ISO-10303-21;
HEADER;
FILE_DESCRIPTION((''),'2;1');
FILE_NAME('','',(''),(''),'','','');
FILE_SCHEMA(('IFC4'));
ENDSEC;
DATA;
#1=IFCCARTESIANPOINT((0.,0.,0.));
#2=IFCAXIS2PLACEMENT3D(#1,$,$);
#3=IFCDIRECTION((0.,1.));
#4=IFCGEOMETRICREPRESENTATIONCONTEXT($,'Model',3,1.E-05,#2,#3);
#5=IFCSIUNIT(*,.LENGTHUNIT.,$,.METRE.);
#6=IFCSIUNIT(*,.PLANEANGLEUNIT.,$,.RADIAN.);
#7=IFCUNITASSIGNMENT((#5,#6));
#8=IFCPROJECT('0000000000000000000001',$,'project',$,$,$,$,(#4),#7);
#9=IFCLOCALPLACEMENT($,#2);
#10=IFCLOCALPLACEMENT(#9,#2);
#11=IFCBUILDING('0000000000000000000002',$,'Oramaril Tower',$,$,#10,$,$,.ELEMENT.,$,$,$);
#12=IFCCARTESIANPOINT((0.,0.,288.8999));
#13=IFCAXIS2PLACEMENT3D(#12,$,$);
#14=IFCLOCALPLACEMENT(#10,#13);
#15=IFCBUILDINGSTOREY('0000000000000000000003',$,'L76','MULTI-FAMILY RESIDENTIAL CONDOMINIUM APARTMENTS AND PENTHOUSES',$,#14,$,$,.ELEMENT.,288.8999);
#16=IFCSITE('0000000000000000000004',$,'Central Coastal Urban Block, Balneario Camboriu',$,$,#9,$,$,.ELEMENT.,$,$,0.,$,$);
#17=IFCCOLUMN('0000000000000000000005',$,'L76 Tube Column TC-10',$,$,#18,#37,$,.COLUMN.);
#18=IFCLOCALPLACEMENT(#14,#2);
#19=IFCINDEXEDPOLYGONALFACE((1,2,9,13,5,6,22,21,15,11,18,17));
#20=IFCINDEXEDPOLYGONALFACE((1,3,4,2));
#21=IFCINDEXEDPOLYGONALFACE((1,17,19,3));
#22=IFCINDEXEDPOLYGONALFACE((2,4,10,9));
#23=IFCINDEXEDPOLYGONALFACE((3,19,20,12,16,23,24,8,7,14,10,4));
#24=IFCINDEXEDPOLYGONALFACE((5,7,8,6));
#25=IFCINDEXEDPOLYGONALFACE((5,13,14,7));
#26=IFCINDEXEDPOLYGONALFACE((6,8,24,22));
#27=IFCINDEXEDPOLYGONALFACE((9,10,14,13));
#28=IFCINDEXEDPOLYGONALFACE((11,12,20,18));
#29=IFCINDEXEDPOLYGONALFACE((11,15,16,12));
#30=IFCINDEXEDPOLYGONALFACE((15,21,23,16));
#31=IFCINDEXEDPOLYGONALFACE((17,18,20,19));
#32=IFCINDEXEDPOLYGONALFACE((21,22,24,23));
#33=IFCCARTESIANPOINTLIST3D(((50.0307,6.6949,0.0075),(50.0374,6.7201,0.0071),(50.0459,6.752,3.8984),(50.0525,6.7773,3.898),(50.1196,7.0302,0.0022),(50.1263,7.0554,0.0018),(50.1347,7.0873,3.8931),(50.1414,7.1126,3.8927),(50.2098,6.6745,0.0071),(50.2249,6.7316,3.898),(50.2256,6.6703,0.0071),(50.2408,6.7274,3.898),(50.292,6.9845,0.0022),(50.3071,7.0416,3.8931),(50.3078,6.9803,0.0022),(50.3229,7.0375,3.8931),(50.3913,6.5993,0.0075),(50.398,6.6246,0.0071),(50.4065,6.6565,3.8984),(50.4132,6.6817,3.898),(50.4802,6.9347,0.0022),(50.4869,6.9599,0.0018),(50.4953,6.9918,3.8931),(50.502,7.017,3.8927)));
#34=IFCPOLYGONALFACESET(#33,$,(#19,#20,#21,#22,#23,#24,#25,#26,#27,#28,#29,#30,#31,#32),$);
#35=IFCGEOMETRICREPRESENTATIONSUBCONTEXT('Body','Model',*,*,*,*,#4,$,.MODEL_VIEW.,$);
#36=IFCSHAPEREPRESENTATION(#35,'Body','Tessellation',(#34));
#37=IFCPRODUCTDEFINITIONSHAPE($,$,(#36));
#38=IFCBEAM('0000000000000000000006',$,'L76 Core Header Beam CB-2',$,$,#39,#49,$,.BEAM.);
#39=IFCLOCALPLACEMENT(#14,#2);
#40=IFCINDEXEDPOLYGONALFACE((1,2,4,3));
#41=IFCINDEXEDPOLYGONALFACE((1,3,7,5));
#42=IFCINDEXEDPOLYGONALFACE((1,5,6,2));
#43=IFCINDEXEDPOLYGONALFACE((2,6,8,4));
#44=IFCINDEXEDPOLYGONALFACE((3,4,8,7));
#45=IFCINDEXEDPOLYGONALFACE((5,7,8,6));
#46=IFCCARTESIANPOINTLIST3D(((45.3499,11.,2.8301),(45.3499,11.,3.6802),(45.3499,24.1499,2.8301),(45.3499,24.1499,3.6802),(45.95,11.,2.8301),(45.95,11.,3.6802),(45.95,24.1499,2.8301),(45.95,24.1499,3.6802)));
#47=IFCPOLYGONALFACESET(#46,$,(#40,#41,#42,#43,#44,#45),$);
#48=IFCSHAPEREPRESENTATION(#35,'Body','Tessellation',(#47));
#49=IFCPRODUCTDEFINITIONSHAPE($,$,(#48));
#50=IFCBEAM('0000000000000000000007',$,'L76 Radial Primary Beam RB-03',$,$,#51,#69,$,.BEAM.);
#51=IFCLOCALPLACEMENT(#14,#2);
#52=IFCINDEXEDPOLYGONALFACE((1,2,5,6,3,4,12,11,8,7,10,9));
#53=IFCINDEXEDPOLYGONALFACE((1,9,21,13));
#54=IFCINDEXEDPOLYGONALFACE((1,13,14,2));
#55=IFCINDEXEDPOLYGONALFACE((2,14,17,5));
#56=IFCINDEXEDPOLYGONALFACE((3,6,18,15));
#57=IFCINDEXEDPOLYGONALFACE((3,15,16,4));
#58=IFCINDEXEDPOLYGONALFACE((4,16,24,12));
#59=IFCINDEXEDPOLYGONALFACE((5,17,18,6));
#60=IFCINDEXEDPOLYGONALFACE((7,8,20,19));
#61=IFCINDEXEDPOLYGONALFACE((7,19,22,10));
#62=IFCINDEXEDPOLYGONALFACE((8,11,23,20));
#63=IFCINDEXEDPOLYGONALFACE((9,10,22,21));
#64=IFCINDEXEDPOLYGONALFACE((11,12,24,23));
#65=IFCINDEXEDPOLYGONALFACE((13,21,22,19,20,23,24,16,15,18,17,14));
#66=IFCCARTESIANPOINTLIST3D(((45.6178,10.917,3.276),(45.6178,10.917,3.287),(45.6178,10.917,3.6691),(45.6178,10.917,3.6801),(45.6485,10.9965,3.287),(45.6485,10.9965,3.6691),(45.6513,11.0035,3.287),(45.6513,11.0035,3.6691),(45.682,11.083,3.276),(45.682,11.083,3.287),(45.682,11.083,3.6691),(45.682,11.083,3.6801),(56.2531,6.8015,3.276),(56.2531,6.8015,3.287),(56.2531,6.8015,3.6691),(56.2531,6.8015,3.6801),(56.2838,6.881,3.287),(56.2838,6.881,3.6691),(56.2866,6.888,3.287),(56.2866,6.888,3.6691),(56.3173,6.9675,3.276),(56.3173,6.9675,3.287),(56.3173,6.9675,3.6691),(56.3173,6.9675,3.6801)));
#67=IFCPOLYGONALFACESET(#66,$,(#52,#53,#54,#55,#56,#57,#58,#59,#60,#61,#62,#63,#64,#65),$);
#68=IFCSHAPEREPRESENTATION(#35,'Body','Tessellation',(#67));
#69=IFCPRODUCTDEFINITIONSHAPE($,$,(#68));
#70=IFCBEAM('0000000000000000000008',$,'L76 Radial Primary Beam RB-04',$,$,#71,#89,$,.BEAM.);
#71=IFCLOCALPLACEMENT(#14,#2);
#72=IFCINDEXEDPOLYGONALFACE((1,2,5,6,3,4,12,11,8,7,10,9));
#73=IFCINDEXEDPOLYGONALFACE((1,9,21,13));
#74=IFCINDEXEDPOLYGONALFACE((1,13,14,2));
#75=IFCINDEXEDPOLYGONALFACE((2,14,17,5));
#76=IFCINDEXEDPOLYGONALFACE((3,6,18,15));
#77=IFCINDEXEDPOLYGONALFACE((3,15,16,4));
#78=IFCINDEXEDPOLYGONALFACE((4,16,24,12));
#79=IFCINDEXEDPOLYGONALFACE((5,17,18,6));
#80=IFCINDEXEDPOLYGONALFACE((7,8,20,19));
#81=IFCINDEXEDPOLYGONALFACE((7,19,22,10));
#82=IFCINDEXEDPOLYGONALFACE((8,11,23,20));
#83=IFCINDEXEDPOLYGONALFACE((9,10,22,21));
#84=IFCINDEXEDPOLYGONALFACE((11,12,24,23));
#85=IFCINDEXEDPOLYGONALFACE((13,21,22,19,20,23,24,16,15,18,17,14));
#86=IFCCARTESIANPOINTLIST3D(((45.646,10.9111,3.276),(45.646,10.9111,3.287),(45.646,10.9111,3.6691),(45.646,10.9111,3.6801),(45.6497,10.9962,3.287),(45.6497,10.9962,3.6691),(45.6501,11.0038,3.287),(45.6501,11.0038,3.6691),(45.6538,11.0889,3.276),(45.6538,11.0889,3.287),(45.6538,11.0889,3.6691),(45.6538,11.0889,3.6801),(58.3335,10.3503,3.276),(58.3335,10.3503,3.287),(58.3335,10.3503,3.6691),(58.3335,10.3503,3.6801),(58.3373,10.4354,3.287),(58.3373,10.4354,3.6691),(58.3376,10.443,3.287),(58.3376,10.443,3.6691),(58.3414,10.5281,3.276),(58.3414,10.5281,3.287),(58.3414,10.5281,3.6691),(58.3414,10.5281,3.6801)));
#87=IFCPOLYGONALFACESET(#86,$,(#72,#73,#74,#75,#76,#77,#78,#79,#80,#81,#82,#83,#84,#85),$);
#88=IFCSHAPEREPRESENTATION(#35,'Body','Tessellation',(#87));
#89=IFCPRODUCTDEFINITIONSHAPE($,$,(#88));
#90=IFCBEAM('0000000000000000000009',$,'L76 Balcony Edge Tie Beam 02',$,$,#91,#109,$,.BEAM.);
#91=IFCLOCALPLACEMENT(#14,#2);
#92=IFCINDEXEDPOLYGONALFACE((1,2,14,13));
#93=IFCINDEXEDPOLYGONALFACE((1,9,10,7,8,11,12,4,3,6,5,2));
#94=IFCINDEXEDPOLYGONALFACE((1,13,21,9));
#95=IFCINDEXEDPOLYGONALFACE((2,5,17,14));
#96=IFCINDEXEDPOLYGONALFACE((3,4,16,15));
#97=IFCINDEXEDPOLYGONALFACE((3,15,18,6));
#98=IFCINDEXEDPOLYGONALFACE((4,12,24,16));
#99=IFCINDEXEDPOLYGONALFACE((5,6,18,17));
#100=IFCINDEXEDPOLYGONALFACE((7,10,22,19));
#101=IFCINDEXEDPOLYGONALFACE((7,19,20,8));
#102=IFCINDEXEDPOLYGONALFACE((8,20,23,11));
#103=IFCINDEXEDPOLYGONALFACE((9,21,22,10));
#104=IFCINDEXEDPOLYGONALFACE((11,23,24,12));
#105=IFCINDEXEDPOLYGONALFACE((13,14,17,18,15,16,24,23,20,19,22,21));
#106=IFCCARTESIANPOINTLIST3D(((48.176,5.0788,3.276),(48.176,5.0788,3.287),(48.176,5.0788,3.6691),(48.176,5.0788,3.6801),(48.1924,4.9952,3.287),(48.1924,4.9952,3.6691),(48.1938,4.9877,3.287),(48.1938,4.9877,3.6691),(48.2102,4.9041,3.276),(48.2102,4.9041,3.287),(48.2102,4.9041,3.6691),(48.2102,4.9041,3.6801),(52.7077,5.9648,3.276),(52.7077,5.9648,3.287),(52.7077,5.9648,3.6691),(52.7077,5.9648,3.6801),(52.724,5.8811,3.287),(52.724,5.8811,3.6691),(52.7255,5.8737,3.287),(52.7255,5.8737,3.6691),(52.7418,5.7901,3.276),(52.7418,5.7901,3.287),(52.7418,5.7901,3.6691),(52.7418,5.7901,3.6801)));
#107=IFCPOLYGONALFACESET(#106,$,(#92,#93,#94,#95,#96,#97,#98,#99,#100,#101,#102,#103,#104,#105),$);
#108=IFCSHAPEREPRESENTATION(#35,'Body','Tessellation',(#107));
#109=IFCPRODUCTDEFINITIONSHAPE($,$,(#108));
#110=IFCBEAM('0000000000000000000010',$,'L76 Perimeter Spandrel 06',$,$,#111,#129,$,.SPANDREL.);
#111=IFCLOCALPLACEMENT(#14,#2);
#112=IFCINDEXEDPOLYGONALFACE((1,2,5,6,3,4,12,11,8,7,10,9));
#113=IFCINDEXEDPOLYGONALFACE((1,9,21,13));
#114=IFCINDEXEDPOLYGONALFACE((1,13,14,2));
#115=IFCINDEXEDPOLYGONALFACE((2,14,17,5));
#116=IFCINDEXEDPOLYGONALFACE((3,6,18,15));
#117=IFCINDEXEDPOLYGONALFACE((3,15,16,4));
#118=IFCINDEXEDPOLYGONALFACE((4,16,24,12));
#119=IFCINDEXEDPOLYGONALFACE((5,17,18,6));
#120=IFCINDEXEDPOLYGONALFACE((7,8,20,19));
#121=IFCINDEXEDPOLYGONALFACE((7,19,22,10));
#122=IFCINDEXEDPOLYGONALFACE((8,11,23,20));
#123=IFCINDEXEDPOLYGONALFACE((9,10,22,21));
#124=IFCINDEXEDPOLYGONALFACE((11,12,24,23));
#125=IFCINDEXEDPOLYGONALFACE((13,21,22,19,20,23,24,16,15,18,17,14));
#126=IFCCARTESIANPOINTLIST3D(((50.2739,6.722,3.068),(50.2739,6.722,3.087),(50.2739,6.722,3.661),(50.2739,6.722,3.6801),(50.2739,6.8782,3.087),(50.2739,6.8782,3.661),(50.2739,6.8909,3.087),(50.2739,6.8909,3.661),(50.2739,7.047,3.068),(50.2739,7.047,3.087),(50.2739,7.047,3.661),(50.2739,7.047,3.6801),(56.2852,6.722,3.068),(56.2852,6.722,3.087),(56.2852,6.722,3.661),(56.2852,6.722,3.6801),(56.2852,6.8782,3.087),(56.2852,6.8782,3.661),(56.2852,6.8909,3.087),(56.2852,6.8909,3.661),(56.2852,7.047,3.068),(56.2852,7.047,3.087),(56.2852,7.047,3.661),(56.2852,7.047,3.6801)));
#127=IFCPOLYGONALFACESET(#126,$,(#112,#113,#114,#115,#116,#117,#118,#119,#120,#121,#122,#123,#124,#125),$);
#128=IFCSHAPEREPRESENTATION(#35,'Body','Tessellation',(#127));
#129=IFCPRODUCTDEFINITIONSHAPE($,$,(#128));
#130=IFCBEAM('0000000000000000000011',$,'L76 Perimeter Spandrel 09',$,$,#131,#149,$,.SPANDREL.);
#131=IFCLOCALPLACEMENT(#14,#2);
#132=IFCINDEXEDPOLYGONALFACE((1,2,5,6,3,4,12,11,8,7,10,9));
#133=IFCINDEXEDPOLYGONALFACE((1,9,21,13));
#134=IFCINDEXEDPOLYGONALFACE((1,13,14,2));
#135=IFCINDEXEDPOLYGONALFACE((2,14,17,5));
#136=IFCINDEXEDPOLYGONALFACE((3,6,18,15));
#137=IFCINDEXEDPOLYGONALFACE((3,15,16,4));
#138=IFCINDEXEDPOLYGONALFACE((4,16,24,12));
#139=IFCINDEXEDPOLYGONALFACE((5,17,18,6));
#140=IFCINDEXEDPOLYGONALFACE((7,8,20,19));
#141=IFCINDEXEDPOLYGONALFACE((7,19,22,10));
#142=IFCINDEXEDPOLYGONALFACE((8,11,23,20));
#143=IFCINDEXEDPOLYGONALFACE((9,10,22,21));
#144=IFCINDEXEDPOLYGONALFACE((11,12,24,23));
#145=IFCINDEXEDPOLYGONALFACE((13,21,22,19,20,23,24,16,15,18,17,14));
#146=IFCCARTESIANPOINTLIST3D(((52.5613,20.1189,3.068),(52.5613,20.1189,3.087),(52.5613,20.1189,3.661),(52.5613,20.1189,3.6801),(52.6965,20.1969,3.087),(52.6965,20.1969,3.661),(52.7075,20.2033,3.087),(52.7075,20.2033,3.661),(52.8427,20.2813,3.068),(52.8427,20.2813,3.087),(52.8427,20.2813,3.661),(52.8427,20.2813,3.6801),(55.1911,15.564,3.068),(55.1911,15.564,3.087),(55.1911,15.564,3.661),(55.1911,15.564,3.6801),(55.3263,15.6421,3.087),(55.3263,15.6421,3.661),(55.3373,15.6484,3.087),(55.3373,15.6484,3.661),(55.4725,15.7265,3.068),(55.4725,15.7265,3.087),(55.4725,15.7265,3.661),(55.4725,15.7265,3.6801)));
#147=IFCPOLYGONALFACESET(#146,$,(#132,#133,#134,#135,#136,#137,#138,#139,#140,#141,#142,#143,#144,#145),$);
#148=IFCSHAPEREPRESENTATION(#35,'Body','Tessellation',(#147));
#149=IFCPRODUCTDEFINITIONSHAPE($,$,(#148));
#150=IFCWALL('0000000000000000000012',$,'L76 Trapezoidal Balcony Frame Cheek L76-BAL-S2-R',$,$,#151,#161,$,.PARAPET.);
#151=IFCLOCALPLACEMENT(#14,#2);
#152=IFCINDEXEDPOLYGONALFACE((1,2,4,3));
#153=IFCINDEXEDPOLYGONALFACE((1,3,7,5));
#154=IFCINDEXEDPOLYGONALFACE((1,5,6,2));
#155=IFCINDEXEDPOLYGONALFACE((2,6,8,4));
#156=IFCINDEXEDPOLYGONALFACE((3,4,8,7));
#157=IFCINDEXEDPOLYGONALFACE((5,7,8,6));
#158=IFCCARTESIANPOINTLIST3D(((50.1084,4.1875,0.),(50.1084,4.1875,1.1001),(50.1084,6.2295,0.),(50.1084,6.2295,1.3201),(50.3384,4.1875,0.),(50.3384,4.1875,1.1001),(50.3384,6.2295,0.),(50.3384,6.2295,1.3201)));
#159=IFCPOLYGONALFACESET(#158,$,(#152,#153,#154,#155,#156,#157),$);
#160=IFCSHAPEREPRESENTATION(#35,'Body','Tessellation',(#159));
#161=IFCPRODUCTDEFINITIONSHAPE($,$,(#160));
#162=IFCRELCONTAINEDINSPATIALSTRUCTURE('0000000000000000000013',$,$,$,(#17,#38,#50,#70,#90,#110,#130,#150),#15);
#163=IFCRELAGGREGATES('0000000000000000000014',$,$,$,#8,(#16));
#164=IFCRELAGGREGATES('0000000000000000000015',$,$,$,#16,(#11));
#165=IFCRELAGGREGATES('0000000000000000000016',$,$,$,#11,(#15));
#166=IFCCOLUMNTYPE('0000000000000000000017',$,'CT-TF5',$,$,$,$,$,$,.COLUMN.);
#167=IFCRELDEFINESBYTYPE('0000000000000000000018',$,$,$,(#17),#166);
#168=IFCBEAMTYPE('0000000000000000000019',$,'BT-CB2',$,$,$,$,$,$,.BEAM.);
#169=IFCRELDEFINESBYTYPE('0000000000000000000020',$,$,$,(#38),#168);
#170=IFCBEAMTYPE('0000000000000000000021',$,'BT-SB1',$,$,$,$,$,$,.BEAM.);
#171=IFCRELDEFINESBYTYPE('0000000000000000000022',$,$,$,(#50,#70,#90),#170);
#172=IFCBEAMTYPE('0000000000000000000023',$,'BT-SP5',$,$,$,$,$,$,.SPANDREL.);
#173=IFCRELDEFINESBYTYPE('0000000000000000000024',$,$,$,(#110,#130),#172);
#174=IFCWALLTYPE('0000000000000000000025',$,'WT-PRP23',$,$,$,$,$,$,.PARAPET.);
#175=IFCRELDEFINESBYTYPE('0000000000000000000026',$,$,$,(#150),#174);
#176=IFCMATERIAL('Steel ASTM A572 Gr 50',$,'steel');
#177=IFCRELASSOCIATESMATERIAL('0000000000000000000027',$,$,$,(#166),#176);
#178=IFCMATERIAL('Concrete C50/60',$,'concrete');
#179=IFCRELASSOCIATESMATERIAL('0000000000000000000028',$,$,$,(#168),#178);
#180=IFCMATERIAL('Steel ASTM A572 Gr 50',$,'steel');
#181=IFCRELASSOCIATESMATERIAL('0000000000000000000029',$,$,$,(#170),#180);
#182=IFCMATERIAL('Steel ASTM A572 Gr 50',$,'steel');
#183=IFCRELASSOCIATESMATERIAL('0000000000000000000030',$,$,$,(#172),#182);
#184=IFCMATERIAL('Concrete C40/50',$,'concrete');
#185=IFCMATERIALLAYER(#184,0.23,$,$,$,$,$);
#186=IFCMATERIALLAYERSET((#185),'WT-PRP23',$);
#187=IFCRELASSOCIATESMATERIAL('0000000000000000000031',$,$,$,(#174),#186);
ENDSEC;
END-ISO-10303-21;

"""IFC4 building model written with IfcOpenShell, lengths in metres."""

from ifc_helpers import new_model, si_unit, direction, frame, origin, origin_2d, place, context, subcontext, project, spatial, polyline, rectangle, i_section, outline, extrude, material, layer, layer_set, material_profile, profile_set, type_object, element, save


model = new_model("IFC4")

# Units and contexts
model_context = context("Model", 3, precision=1e-05, world=origin(), true_north=direction((0.0, 1.0)))
body_context = subcontext(model_context, "Body", "Model", "MODEL_VIEW")
ifc_project = project(units=[si_unit("LENGTHUNIT", "METRE"), si_unit("PLANEANGLEUNIT", "RADIAN")], contexts=[model_context])

# Site, building, storey
site_placement = place(None, origin())
site = spatial("IfcSite", under=ifc_project, at=site_placement, Name="Central Coastal Urban Block, Balneario Camboriu", CompositionType="ELEMENT", RefElevation=0.0)
building_placement = place(site_placement, origin())
building = spatial("IfcBuilding", under=site, at=building_placement, Name="Oramaril Tower", CompositionType="ELEMENT")
storey_placement = place(building_placement, frame((0.0, 0.0, 288.8999)))
storey = spatial("IfcBuildingStorey", under=building, at=storey_placement, Name="L76", Description="MULTI-FAMILY RESIDENTIAL CONDOMINIUM APARTMENTS AND PENTHOUSES", CompositionType="ELEMENT", Elevation=288.8999)

# Column
ifc_material_1 = material(Name="Steel ASTM A572 Gr 50", Category="steel")
ifc_material_profile_1 = material_profile(ifc_material_1, i_section(OverallWidth=0.373, OverallDepth=0.373, WebThickness=0.0164, FlangeThickness=0.0261, at=origin_2d()), Name="W14X132")
ifc_profile_set_1 = profile_set([ifc_material_profile_1], Name="Steel ASTM A572 Gr 50")
column_type = type_object("IfcColumnType", Name="CT-TF5", PredefinedType="COLUMN", material=ifc_profile_set_1)
column_placement = place(storey_placement, frame((50.2588, 6.8274, 0.0046), z_axis=(0.00389, 0.014681, 0.999885), x_axis=(-0.966645, 0.25612, 0.0)))
element("IfcColumn", 1, at=column_placement, inside=storey, type_object=column_type, Name="L76 Tube Column TC-10", PredefinedType="COLUMN", context=body_context, shape_type="SweptSolid", body=[
    extrude(i_section(OverallWidth=0.373, OverallDepth=0.373, WebThickness=0.0164, FlangeThickness=0.0261, at=origin_2d()), origin(), (0.0, 0.0, 1.0), 3.8914),
])

# Beams
ifc_material_2 = material(Name="Concrete C50/60", Category="concrete")
ifc_material_profile_2 = material_profile(ifc_material_2, rectangle(XDim=0.6001, YDim=0.8501, at=origin_2d()), Name="CB600X850")
ifc_profile_set_2 = profile_set([ifc_material_profile_2], Name="Concrete C50/60")
beam_type_1 = type_object("IfcBeamType", Name="BT-CB2", PredefinedType="BEAM", material=ifc_profile_set_2)
beam_1_placement = place(storey_placement, frame((45.6499, 11.0, 3.2551), z_axis=(0.0, 1.0, 0.0), x_axis=(-1.0, 0.0, 0.0)))
element("IfcBeam", 2, at=beam_1_placement, inside=storey, type_object=beam_type_1, Name="L76 Core Header Beam CB-2", PredefinedType="BEAM", context=body_context, shape_type="SweptSolid", body=[
    extrude(rectangle(XDim=0.6001, YDim=0.8501, at=origin_2d()), origin(), (0.0, 0.0, 1.0), 13.1499),
])
ifc_material_3 = material(Name="Steel ASTM A572 Gr 50", Category="steel")
ifc_material_profile_3 = material_profile(ifc_material_3, i_section(OverallWidth=0.178, OverallDepth=0.4041, WebThickness=0.0076, FlangeThickness=0.011, at=origin_2d()), Name="W16X36")
ifc_profile_set_3 = profile_set([ifc_material_profile_3], Name="Steel ASTM A572 Gr 50")
beam_type_2 = type_object("IfcBeamType", Name="BT-SB1", PredefinedType="BEAM", material=ifc_profile_set_3)
beam_2_placement = place(storey_placement, frame((45.6499, 11.0, 3.478), z_axis=(0.932609, -0.360888, 0.0), x_axis=(0.360888, 0.932609, 0.0)))
element("IfcBeam", 3, at=beam_2_placement, inside=storey, type_object=beam_type_2, Name="L76 Radial Primary Beam RB-03", PredefinedType="BEAM", context=body_context, shape_type="SweptSolid", body=[
    extrude(i_section(OverallWidth=0.178, OverallDepth=0.4041, WebThickness=0.0076, FlangeThickness=0.011, at=origin_2d()), origin(), (0.0, 0.0, 1.0), 11.4038),
])
beam_3_placement = place(storey_placement, frame((45.6499, 11.0, 3.478), z_axis=(0.999025, -0.044157, 0.0), x_axis=(0.044157, 0.999025, 0.0)))
element("IfcBeam", 4, at=beam_3_placement, inside=storey, type_object=beam_type_2, Name="L76 Radial Primary Beam RB-04", PredefinedType="BEAM", context=body_context, shape_type="SweptSolid", body=[
    extrude(i_section(OverallWidth=0.178, OverallDepth=0.4041, WebThickness=0.0076, FlangeThickness=0.011, at=origin_2d()), origin(), (0.0, 0.0, 1.0), 12.7),
])
beam_4_placement = place(storey_placement, frame((48.1931, 4.9915, 3.478), z_axis=(0.98142, 0.191874, 0.0), x_axis=(-0.191874, 0.98142, 0.0)))
element("IfcBeam", 5, at=beam_4_placement, inside=storey, type_object=beam_type_2, Name="L76 Balcony Edge Tie Beam 02", PredefinedType="BEAM", context=body_context, shape_type="SweptSolid", body=[
    extrude(i_section(OverallWidth=0.178, OverallDepth=0.4041, WebThickness=0.0076, FlangeThickness=0.011, at=origin_2d()), origin(), (0.0, 0.0, 1.0), 4.6174),
])
ifc_material_4 = material(Name="Steel ASTM A572 Gr 50", Category="steel")
ifc_material_profile_4 = material_profile(ifc_material_4, i_section(OverallWidth=0.325, OverallDepth=0.6121, WebThickness=0.0127, FlangeThickness=0.019, at=origin_2d()), Name="W24X104")
ifc_profile_set_4 = profile_set([ifc_material_profile_4], Name="Steel ASTM A572 Gr 50")
beam_type_3 = type_object("IfcBeamType", Name="BT-SP5", PredefinedType="SPANDREL", material=ifc_profile_set_4)
beam_5_placement = place(storey_placement, frame((50.2739, 6.8845, 3.374), z_axis=(1.0, 0.0, 0.0), x_axis=(0.0, 1.0, 0.0)))
element("IfcBeam", 6, at=beam_5_placement, inside=storey, type_object=beam_type_3, Name="L76 Perimeter Spandrel 06", PredefinedType="SPANDREL", context=body_context, shape_type="SweptSolid", body=[
    extrude(i_section(OverallWidth=0.325, OverallDepth=0.6121, WebThickness=0.0127, FlangeThickness=0.019, at=origin_2d()), origin(), (0.0, 0.0, 1.0), 6.0112),
])
beam_6_placement = place(storey_placement, frame((55.3318, 15.6453, 3.374), z_axis=(-0.500013, 0.866018, 0.0), x_axis=(-0.866018, -0.500013, 0.0)))
element("IfcBeam", 7, at=beam_6_placement, inside=storey, type_object=beam_type_3, Name="L76 Perimeter Spandrel 09", PredefinedType="SPANDREL", context=body_context, shape_type="SweptSolid", body=[
    extrude(i_section(OverallWidth=0.325, OverallDepth=0.6121, WebThickness=0.0127, FlangeThickness=0.019, at=origin_2d()), origin(), (0.0, 0.0, 1.0), 5.2595),
])

# Wall
ifc_material_5 = material(Name="Concrete C40/50", Category="concrete")
ifc_layer_1 = layer(ifc_material_5, 0.23)
ifc_layer_set_1 = layer_set([ifc_layer_1], Name="WT-PRP23")
wall_type_1 = type_object("IfcWallType", Name="WT-PRP23", PredefinedType="PARAPET", material=ifc_layer_set_1)
wall_1_placement = place(storey_placement, frame((50.2234, 6.2295, 0.0), z_axis=(0.0, 0.0, 1.0), x_axis=(0.0, -1.0, 0.0)))
element("IfcWall", 8, at=wall_1_placement, inside=storey, type_object=wall_type_1, Name="L76 Trapezoidal Balcony Frame Cheek L76-BAL-S2-R", PredefinedType="PARAPET", context=body_context, shape_type="SweptSolid", body=[
    extrude(outline(polyline([(0.0, 0.0), (2.042, 0.0), (2.042, 1.1001), (0.0, 1.3201), (0.0, 0.0)])), frame((0.0, 0.115, 0.0), z_axis=(0.0, -1.0, 0.0), x_axis=(1.0, 0.0, 0.0)), (0.0, 0.0, 1.0), 0.23),
])

save(model, "model.ifc")
